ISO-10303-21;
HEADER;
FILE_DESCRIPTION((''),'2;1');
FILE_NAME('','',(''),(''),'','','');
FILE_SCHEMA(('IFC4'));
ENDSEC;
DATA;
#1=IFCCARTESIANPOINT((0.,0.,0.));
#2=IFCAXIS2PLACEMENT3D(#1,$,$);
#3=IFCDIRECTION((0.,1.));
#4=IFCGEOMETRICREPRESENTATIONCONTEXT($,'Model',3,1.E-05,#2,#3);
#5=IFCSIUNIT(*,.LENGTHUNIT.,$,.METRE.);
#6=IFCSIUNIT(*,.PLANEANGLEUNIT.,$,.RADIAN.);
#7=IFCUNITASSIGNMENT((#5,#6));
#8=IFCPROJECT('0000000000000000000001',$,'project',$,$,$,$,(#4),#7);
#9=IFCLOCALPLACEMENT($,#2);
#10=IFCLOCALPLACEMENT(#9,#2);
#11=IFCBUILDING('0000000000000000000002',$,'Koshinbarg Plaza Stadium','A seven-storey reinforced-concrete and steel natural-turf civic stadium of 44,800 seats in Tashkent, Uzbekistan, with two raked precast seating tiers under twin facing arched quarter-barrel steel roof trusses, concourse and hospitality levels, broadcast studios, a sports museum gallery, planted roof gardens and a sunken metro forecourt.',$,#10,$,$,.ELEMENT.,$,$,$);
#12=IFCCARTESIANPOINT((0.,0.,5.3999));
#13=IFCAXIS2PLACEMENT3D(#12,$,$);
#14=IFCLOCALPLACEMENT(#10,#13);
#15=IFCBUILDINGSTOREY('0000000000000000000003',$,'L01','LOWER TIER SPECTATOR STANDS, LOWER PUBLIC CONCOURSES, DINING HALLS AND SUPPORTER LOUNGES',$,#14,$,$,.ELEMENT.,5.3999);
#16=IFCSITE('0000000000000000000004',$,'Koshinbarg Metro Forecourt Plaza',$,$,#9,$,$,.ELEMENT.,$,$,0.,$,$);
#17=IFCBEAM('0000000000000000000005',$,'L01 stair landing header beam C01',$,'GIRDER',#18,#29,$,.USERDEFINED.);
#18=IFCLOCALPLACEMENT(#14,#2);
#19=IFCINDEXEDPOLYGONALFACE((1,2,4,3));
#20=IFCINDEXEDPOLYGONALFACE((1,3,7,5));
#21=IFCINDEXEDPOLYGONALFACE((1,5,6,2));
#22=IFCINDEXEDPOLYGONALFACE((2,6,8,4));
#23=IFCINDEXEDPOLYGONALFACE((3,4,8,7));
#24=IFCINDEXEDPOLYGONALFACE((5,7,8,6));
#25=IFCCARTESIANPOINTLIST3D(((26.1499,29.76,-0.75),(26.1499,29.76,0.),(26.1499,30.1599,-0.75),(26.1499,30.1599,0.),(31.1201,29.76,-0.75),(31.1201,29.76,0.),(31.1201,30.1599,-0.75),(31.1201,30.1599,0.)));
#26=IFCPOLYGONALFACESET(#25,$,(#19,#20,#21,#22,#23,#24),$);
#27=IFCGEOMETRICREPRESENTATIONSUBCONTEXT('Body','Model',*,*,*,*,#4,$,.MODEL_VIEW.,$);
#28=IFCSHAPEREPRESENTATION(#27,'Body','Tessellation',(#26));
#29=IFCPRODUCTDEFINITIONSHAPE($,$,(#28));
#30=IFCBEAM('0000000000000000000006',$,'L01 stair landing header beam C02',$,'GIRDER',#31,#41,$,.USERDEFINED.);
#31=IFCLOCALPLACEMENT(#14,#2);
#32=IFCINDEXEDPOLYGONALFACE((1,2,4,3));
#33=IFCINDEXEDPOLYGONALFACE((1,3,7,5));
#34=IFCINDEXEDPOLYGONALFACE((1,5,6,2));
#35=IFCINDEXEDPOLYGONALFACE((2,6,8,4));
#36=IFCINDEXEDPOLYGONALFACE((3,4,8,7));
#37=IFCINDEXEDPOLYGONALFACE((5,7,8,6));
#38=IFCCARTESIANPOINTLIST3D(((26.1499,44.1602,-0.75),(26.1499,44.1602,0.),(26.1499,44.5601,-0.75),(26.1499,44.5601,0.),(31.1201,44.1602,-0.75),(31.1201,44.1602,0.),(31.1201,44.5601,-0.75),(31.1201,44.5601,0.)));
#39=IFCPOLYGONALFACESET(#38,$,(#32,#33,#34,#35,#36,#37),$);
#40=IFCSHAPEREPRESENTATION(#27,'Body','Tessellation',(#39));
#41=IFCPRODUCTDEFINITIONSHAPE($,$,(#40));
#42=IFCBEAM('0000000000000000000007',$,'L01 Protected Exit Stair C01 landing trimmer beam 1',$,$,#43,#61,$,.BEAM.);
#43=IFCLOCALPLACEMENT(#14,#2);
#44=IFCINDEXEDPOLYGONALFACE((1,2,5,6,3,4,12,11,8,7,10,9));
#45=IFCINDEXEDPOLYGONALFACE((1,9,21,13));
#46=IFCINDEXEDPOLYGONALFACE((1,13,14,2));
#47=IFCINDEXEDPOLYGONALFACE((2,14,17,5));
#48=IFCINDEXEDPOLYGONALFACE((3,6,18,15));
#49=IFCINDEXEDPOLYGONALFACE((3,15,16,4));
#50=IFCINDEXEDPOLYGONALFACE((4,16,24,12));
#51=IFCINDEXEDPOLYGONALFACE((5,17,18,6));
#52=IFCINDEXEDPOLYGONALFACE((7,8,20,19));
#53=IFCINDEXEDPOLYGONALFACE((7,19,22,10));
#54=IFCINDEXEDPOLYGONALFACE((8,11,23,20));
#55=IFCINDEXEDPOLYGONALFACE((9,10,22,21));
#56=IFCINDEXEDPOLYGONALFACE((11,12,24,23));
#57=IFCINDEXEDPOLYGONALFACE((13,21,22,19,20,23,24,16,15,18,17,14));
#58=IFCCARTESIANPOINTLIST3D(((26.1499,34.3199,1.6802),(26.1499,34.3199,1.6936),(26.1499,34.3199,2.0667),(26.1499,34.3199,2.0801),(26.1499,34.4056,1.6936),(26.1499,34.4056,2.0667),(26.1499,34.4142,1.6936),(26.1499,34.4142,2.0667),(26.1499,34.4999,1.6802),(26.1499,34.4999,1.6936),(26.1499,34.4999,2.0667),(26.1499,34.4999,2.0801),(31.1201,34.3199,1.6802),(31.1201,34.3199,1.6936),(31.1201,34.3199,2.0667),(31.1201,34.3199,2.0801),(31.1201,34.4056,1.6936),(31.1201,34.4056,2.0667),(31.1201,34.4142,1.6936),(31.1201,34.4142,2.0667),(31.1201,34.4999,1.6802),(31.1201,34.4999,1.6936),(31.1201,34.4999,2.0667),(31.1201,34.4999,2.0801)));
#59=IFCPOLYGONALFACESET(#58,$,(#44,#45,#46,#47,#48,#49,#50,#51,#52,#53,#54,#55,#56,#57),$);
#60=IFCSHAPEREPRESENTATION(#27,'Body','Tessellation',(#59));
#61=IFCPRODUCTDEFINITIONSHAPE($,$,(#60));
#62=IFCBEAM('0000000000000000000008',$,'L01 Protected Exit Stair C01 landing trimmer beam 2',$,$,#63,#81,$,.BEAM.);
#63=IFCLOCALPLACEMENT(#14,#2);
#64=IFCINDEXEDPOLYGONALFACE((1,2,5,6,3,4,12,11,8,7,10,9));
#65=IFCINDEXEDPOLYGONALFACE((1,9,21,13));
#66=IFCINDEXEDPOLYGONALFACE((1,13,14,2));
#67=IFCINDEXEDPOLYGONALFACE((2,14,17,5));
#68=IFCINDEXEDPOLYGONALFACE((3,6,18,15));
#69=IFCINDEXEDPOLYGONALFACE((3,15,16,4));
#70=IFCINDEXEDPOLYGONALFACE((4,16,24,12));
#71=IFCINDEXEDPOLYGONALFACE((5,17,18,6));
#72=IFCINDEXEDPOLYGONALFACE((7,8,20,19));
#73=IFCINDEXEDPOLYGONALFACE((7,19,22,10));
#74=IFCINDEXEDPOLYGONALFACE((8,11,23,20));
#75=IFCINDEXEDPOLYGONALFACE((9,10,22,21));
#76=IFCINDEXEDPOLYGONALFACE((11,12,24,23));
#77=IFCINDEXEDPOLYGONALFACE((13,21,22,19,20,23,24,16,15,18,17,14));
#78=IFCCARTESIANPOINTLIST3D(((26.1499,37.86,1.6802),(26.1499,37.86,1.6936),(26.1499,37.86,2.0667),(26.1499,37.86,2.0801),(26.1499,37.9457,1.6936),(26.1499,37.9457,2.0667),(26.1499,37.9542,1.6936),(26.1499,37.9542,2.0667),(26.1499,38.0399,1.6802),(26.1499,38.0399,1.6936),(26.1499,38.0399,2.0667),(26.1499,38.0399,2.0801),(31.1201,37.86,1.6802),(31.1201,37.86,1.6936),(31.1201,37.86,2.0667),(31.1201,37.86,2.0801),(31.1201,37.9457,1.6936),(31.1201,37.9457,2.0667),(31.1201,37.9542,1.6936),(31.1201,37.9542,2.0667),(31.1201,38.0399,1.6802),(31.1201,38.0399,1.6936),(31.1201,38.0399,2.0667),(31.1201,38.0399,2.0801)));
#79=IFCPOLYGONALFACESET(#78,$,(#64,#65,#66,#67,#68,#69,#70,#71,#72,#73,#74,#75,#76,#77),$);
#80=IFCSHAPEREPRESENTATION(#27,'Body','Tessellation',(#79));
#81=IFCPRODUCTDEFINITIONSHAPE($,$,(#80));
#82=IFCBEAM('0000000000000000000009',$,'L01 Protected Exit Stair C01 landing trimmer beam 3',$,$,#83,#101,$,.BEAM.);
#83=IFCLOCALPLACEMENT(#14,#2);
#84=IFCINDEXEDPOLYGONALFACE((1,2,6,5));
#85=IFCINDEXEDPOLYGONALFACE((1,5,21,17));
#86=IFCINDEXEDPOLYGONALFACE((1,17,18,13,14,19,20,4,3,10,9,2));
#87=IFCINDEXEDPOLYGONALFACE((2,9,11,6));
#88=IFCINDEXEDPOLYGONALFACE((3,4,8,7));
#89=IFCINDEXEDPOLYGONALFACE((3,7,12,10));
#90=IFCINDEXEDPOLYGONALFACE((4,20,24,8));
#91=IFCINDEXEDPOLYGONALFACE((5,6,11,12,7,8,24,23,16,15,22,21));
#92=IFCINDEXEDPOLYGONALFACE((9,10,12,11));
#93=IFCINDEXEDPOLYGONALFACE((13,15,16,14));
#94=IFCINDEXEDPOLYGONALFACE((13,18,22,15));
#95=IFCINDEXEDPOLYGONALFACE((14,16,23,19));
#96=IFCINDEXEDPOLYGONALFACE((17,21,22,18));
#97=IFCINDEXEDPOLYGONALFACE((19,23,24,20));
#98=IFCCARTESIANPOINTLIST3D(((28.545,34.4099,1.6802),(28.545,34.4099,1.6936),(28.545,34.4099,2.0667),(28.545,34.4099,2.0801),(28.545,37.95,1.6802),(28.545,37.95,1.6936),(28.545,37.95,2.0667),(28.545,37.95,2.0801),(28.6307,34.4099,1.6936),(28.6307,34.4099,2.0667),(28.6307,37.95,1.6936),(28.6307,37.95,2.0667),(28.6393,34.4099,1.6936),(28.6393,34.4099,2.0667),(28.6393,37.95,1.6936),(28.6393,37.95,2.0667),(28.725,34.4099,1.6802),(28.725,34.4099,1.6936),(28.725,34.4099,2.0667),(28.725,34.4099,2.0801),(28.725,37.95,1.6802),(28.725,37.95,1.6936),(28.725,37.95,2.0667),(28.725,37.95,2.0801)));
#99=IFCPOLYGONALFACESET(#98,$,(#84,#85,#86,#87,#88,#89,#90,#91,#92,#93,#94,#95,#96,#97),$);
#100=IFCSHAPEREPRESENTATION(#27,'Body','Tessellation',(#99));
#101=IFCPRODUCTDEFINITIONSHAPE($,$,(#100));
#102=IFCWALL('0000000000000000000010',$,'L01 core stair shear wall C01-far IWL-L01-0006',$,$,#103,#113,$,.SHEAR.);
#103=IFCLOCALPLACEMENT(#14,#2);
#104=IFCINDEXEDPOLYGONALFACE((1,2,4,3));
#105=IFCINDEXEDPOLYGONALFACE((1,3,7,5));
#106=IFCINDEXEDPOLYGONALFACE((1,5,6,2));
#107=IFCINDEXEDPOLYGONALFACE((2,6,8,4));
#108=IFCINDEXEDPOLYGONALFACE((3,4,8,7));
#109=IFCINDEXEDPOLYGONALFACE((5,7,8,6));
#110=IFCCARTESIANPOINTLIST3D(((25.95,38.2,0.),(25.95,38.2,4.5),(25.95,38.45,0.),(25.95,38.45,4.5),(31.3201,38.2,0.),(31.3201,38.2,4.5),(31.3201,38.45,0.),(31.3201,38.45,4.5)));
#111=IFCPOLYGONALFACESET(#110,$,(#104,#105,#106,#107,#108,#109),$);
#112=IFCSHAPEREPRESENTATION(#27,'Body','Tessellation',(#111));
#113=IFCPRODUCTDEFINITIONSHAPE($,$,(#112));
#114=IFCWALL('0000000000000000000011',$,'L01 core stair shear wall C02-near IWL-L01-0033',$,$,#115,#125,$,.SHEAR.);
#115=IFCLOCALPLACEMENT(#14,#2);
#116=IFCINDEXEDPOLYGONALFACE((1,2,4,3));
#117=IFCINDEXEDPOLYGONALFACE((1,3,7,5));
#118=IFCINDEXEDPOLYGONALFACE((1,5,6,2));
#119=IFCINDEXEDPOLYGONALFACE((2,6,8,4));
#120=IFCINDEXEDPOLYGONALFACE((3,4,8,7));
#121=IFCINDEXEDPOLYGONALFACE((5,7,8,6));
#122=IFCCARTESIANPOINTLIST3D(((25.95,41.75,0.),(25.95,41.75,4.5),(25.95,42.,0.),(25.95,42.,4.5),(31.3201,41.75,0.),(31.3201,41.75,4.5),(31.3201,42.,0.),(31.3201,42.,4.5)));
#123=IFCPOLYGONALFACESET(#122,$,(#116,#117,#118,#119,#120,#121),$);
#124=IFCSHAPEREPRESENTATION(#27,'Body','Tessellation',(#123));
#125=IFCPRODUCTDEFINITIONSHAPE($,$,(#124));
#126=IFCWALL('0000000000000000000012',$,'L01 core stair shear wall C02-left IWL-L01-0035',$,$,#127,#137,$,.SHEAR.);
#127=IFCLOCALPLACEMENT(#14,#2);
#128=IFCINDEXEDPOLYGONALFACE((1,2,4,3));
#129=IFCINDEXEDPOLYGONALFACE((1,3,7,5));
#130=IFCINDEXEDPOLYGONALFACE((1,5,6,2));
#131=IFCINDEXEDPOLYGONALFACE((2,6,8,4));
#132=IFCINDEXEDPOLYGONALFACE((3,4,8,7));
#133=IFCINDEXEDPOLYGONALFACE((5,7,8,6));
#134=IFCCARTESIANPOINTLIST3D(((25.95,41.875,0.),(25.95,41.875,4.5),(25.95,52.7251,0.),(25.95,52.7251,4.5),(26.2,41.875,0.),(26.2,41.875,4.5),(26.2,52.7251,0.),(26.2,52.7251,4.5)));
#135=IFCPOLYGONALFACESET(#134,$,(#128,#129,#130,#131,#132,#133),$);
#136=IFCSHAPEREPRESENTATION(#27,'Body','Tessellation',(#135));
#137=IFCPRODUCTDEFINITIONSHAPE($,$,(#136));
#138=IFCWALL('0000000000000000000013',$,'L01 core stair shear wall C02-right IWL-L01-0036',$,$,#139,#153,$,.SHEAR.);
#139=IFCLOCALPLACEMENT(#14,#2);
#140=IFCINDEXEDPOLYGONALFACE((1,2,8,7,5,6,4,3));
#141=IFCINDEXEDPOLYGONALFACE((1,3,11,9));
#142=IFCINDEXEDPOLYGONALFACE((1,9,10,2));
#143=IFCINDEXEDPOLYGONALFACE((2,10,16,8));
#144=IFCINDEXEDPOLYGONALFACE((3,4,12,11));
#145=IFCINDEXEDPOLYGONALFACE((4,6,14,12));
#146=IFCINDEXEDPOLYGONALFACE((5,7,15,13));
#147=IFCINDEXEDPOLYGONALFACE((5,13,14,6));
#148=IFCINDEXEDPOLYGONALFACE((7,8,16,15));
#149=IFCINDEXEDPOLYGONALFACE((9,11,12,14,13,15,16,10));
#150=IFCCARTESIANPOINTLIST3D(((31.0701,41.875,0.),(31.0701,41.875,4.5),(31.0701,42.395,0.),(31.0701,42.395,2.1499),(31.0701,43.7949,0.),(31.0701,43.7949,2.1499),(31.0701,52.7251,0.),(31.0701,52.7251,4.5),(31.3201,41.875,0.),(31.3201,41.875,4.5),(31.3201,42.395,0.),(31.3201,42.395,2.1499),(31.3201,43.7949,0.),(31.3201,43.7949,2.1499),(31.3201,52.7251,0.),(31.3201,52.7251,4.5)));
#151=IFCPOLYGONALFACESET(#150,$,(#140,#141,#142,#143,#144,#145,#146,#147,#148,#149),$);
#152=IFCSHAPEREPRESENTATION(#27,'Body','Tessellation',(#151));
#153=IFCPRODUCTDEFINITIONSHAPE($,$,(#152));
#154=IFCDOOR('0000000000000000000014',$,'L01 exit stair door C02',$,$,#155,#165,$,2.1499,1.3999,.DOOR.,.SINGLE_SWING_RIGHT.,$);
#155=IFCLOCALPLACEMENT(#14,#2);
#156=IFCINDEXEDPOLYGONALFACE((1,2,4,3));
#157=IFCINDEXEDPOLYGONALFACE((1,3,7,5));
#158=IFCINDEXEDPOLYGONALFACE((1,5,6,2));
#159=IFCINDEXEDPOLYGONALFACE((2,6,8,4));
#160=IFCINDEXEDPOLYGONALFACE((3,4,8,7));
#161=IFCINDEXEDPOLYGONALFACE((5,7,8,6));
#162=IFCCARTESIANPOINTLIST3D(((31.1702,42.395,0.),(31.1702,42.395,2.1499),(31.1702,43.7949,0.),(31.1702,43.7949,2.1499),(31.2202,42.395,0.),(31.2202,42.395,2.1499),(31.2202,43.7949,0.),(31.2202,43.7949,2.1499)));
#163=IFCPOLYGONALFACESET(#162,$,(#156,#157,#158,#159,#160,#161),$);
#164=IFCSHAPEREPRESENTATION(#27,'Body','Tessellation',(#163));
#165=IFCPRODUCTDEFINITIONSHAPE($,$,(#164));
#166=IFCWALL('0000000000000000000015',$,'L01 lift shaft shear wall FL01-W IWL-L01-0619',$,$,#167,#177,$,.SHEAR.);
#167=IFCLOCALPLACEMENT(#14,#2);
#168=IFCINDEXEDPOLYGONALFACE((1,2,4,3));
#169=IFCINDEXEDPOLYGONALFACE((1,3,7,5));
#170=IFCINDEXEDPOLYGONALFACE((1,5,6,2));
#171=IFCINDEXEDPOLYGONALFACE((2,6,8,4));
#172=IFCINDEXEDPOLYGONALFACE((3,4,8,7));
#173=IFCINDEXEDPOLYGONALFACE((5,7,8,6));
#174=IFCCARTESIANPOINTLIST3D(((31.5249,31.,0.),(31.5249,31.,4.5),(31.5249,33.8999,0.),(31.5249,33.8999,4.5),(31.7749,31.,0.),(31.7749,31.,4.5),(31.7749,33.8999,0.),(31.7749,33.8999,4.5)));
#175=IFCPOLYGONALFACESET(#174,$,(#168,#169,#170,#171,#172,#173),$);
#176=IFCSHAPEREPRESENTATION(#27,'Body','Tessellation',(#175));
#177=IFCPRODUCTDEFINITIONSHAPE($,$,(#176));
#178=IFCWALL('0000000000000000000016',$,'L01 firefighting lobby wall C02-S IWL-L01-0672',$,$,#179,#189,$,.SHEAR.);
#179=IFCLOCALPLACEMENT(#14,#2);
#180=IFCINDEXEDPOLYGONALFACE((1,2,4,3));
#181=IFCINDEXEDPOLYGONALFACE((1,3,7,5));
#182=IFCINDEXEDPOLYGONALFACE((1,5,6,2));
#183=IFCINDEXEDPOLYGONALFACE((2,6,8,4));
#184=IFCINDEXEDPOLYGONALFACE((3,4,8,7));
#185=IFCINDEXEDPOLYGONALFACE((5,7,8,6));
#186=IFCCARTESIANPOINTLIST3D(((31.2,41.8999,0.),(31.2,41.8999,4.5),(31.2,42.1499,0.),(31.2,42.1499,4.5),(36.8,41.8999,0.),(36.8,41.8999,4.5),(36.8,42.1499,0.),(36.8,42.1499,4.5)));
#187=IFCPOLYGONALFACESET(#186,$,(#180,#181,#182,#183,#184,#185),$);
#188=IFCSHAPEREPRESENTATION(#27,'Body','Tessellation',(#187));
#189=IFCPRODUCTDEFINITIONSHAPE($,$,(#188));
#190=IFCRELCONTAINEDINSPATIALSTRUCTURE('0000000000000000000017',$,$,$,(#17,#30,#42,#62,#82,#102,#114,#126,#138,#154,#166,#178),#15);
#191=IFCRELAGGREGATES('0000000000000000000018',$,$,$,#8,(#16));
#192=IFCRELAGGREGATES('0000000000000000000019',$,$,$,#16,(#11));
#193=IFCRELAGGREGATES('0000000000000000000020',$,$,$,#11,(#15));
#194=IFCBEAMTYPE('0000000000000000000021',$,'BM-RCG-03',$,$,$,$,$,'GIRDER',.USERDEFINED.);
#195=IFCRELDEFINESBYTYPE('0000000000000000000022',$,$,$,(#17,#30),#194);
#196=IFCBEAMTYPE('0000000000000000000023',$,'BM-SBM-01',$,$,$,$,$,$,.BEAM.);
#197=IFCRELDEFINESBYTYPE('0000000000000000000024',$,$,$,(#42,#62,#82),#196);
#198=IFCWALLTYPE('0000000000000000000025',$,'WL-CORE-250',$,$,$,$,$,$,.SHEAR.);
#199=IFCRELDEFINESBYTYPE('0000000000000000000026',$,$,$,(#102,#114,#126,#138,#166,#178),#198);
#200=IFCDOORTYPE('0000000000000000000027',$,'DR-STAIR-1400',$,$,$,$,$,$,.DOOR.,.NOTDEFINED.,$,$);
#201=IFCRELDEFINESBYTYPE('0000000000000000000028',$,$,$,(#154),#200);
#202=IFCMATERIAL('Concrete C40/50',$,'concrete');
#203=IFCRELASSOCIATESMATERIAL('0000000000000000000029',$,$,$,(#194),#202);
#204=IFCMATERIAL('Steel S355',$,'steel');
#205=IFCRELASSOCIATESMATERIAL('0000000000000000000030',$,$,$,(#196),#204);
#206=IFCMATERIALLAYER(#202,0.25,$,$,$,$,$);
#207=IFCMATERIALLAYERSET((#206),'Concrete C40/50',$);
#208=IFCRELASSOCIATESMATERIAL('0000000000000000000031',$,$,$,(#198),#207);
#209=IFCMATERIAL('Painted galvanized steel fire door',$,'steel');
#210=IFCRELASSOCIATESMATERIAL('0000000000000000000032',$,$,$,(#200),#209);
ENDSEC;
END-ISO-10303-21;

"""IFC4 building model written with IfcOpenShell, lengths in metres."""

from ifc_helpers import new_model, si_unit, direction, frame, frame_2d, origin, origin_2d, place, context, subcontext, project, spatial, rectangle, i_section, extrude, material, layer, layer_set, material_profile, profile_set, type_object, element, fill, save


model = new_model("IFC4")

# Units and contexts
model_context = context("Model", 3, precision=1e-05, world=origin(), true_north=direction((0.0, 1.0)))
body_context = subcontext(model_context, "Body", "Model", "MODEL_VIEW")
ifc_project = project(units=[si_unit("LENGTHUNIT", "METRE"), si_unit("PLANEANGLEUNIT", "RADIAN")], contexts=[model_context])

# Site, building, storey
site_placement = place(None, origin())
site = spatial("IfcSite", under=ifc_project, at=site_placement, Name="Koshinbarg Metro Forecourt Plaza", CompositionType="ELEMENT", RefElevation=0.0)
building_placement = place(site_placement, origin())
building = spatial("IfcBuilding", under=site, at=building_placement, Name="Koshinbarg Plaza Stadium", Description="A seven-storey reinforced-concrete and steel natural-turf civic stadium of 44,800 seats in Tashkent, Uzbekistan, with two raked precast seating tiers under twin facing arched quarter-barrel steel roof trusses, concourse and hospitality levels, broadcast studios, a sports museum gallery, planted roof gardens and a sunken metro forecourt.", CompositionType="ELEMENT")
storey_placement = place(building_placement, frame((0.0, 0.0, 5.3999)))
storey = spatial("IfcBuildingStorey", under=building, at=storey_placement, Name="L01", Description="LOWER TIER SPECTATOR STANDS, LOWER PUBLIC CONCOURSES, DINING HALLS AND SUPPORTER LOUNGES", CompositionType="ELEMENT", Elevation=5.3999)

# Beams
ifc_material_1 = material(Name="Concrete C40/50", Category="concrete")
ifc_material_profile_1 = material_profile(ifc_material_1, rectangle(XDim=0.3999, YDim=0.75, at=origin_2d()), Name="RC 400x750")
ifc_profile_set_1 = profile_set([ifc_material_profile_1], Name="Concrete C40/50")
beam_type_1 = type_object("IfcBeamType", Name="BM-RCG-03", ElementType="GIRDER", PredefinedType="USERDEFINED", material=ifc_profile_set_1)
for number, where, z_axis, x_axis, name in (
    (1, (26.1499, 29.96, -0.375), (1.0, 0.0, 0.0), (0.0, 1.0, 0.0), "L01 stair landing header beam C01"),
    (2, (26.1499, 44.3601, -0.375), (1.0, 0.0, 0.0), (0.0, 1.0, 0.0), "L01 stair landing header beam C02"),
):
    element("IfcBeam", number, at=place(storey_placement, frame(where, z_axis=z_axis, x_axis=x_axis)), inside=storey, type_object=beam_type_1, Name=name, ObjectType="GIRDER", PredefinedType="USERDEFINED", context=body_context, shape_type="SweptSolid", body=[
        extrude(rectangle(XDim=0.3999, YDim=0.75, at=origin_2d()), origin(), (0.0, 0.0, 1.0), 4.9702),
    ])
ifc_material_2 = material(Name="Steel S355", Category="steel")
ifc_material_profile_2 = material_profile(ifc_material_2, i_section(OverallWidth=0.1799, OverallDepth=0.3999, WebThickness=0.0085, FlangeThickness=0.0134, at=origin_2d()), Name="IPE 400")
ifc_profile_set_2 = profile_set([ifc_material_profile_2], Name="Steel S355")
beam_type_2 = type_object("IfcBeamType", Name="BM-SBM-01", PredefinedType="BEAM", material=ifc_profile_set_2)
for number, where, z_axis, x_axis, name in (
    (3, (26.1499, 34.4099, 1.8801), (1.0, 0.0, 0.0), (0.0, 1.0, 0.0), "L01 Protected Exit Stair C01 landing trimmer beam 1"),
    (4, (26.1499, 37.95, 1.8801), (1.0, 0.0, 0.0), (0.0, 1.0, 0.0), "L01 Protected Exit Stair C01 landing trimmer beam 2"),
):
    element("IfcBeam", number, at=place(storey_placement, frame(where, z_axis=z_axis, x_axis=x_axis)), inside=storey, type_object=beam_type_2, Name=name, PredefinedType="BEAM", context=body_context, shape_type="SweptSolid", body=[
        extrude(i_section(OverallWidth=0.1799, OverallDepth=0.3999, WebThickness=0.0085, FlangeThickness=0.0134, at=origin_2d()), origin(), (0.0, 0.0, 1.0), 4.9702),
    ])
beam_placement = place(storey_placement, frame((28.635, 34.4099, 1.8801), z_axis=(0.0, 1.0, 0.0), x_axis=(-1.0, 0.0, 0.0)))
element("IfcBeam", 5, at=beam_placement, inside=storey, type_object=beam_type_2, Name="L01 Protected Exit Stair C01 landing trimmer beam 3", PredefinedType="BEAM", context=body_context, shape_type="SweptSolid", body=[
    extrude(i_section(OverallWidth=0.1799, OverallDepth=0.3999, WebThickness=0.0085, FlangeThickness=0.0134, at=origin_2d()), origin(), (0.0, 0.0, 1.0), 3.54),
])

# Walls
ifc_layer_1 = layer(ifc_material_1, 0.25)
ifc_layer_set_1 = layer_set([ifc_layer_1], Name="Concrete C40/50")
wall_type_1 = type_object("IfcWallType", Name="WL-CORE-250", PredefinedType="SHEAR", material=ifc_layer_set_1)
for number, where, z_axis, x_axis, name in (
    (6, (31.3201, 38.325, 0.0), (0.0, 0.0, 1.0), (-1.0, 0.0, 0.0), "L01 core stair shear wall C01-far IWL-L01-0006"),
    (7, (25.95, 41.875, 0.0), (0.0, 0.0, 1.0), (1.0, 0.0, 0.0), "L01 core stair shear wall C02-near IWL-L01-0033"),
):
    element("IfcWall", number, at=place(storey_placement, frame(where, z_axis=z_axis, x_axis=x_axis)), inside=storey, type_object=wall_type_1, Name=name, PredefinedType="SHEAR", context=body_context, shape_type="SweptSolid", body=[
        extrude(rectangle(XDim=5.3701, YDim=0.25, at=frame_2d((2.6851, 0.0))), origin(), (0.0, 0.0, 1.0), 4.5),
    ])
wall_1_placement = place(storey_placement, frame((26.075, 41.875, 0.0), z_axis=(0.0, 0.0, 1.0), x_axis=(0.0, 1.0, 0.0)))
element("IfcWall", 8, at=wall_1_placement, inside=storey, type_object=wall_type_1, Name="L01 core stair shear wall C02-left IWL-L01-0035", PredefinedType="SHEAR", context=body_context, shape_type="SweptSolid", body=[
    extrude(rectangle(XDim=10.8501, YDim=0.25, at=frame_2d((5.425, 0.0))), origin(), (0.0, 0.0, 1.0), 4.5),
])

# Wall, opening, door
wall_2_placement = place(storey_placement, frame((31.1951, 41.875, 0.0), z_axis=(0.0, 0.0, 1.0), x_axis=(0.0, 1.0, 0.0)))
wall_2 = element("IfcWall", 9, at=wall_2_placement, inside=storey, type_object=wall_type_1, Name="L01 core stair shear wall C02-right IWL-L01-0036", PredefinedType="SHEAR", context=body_context, shape_type="SweptSolid", body=[
    extrude(rectangle(XDim=10.8501, YDim=0.25, at=frame_2d((5.425, 0.0))), origin(), (0.0, 0.0, 1.0), 4.5),
])
opening_1_placement = place(wall_2_placement, frame((0.52, 0.0, 0.0)))
opening_1 = element("IfcOpeningElement", 10, at=opening_1_placement, cuts=wall_2, PredefinedType="OPENING", context=body_context, shape_type="SweptSolid", body=[
    extrude(rectangle(XDim=1.3999, YDim=2.1499, at=frame_2d((0.7, 1.075))), frame((0.0, 0.135, 0.0), z_axis=(0.0, -1.0, 0.0), x_axis=(1.0, 0.0, 0.0)), (0.0, 0.0, 1.0), 0.27),
])
ifc_material_3 = material(Name="Painted galvanized steel fire door", Category="steel")
door_type_1 = type_object("IfcDoorType", Name="DR-STAIR-1400", OperationType="NOTDEFINED", PredefinedType="DOOR", material=ifc_material_3)
door_1_placement = place(opening_1_placement, origin())
door_1 = element("IfcDoor", 11, at=door_1_placement, inside=storey, type_object=door_type_1, Name="L01 exit stair door C02", OperationType="SINGLE_SWING_RIGHT", OverallHeight=2.1499, OverallWidth=1.3999, PredefinedType="DOOR", context=body_context, shape_type="SweptSolid", body=[
    extrude(rectangle(XDim=1.3999, YDim=2.1499, at=frame_2d((0.7, 1.075))), frame((0.0, 0.0249, 0.0), z_axis=(0.0, -1.0, 0.0), x_axis=(1.0, 0.0, 0.0)), (0.0, 0.0, 1.0), 0.05),
])
fill(opening_1, door_1)

# Wall
wall_3_placement = place(storey_placement, frame((31.6499, 33.8999, 0.0), z_axis=(0.0, 0.0, 1.0), x_axis=(0.0, -1.0, 0.0)))
element("IfcWall", 12, at=wall_3_placement, inside=storey, type_object=wall_type_1, Name="L01 lift shaft shear wall FL01-W IWL-L01-0619", PredefinedType="SHEAR", context=body_context, shape_type="SweptSolid", body=[
    extrude(rectangle(XDim=2.8999, YDim=0.25, at=frame_2d((1.45, 0.0))), origin(), (0.0, 0.0, 1.0), 4.5),
])

# Wall
wall_4_placement = place(storey_placement, frame((31.2, 42.0249, 0.0), z_axis=(0.0, 0.0, 1.0), x_axis=(1.0, 0.0, 0.0)))
element("IfcWall", 13, at=wall_4_placement, inside=storey, type_object=wall_type_1, Name="L01 firefighting lobby wall C02-S IWL-L01-0672", PredefinedType="SHEAR", context=body_context, shape_type="SweptSolid", body=[
    extrude(rectangle(XDim=5.6001, YDim=0.25, at=frame_2d((2.8, 0.0))), origin(), (0.0, 0.0, 1.0), 4.5),
])

save(model, "model.ifc")
